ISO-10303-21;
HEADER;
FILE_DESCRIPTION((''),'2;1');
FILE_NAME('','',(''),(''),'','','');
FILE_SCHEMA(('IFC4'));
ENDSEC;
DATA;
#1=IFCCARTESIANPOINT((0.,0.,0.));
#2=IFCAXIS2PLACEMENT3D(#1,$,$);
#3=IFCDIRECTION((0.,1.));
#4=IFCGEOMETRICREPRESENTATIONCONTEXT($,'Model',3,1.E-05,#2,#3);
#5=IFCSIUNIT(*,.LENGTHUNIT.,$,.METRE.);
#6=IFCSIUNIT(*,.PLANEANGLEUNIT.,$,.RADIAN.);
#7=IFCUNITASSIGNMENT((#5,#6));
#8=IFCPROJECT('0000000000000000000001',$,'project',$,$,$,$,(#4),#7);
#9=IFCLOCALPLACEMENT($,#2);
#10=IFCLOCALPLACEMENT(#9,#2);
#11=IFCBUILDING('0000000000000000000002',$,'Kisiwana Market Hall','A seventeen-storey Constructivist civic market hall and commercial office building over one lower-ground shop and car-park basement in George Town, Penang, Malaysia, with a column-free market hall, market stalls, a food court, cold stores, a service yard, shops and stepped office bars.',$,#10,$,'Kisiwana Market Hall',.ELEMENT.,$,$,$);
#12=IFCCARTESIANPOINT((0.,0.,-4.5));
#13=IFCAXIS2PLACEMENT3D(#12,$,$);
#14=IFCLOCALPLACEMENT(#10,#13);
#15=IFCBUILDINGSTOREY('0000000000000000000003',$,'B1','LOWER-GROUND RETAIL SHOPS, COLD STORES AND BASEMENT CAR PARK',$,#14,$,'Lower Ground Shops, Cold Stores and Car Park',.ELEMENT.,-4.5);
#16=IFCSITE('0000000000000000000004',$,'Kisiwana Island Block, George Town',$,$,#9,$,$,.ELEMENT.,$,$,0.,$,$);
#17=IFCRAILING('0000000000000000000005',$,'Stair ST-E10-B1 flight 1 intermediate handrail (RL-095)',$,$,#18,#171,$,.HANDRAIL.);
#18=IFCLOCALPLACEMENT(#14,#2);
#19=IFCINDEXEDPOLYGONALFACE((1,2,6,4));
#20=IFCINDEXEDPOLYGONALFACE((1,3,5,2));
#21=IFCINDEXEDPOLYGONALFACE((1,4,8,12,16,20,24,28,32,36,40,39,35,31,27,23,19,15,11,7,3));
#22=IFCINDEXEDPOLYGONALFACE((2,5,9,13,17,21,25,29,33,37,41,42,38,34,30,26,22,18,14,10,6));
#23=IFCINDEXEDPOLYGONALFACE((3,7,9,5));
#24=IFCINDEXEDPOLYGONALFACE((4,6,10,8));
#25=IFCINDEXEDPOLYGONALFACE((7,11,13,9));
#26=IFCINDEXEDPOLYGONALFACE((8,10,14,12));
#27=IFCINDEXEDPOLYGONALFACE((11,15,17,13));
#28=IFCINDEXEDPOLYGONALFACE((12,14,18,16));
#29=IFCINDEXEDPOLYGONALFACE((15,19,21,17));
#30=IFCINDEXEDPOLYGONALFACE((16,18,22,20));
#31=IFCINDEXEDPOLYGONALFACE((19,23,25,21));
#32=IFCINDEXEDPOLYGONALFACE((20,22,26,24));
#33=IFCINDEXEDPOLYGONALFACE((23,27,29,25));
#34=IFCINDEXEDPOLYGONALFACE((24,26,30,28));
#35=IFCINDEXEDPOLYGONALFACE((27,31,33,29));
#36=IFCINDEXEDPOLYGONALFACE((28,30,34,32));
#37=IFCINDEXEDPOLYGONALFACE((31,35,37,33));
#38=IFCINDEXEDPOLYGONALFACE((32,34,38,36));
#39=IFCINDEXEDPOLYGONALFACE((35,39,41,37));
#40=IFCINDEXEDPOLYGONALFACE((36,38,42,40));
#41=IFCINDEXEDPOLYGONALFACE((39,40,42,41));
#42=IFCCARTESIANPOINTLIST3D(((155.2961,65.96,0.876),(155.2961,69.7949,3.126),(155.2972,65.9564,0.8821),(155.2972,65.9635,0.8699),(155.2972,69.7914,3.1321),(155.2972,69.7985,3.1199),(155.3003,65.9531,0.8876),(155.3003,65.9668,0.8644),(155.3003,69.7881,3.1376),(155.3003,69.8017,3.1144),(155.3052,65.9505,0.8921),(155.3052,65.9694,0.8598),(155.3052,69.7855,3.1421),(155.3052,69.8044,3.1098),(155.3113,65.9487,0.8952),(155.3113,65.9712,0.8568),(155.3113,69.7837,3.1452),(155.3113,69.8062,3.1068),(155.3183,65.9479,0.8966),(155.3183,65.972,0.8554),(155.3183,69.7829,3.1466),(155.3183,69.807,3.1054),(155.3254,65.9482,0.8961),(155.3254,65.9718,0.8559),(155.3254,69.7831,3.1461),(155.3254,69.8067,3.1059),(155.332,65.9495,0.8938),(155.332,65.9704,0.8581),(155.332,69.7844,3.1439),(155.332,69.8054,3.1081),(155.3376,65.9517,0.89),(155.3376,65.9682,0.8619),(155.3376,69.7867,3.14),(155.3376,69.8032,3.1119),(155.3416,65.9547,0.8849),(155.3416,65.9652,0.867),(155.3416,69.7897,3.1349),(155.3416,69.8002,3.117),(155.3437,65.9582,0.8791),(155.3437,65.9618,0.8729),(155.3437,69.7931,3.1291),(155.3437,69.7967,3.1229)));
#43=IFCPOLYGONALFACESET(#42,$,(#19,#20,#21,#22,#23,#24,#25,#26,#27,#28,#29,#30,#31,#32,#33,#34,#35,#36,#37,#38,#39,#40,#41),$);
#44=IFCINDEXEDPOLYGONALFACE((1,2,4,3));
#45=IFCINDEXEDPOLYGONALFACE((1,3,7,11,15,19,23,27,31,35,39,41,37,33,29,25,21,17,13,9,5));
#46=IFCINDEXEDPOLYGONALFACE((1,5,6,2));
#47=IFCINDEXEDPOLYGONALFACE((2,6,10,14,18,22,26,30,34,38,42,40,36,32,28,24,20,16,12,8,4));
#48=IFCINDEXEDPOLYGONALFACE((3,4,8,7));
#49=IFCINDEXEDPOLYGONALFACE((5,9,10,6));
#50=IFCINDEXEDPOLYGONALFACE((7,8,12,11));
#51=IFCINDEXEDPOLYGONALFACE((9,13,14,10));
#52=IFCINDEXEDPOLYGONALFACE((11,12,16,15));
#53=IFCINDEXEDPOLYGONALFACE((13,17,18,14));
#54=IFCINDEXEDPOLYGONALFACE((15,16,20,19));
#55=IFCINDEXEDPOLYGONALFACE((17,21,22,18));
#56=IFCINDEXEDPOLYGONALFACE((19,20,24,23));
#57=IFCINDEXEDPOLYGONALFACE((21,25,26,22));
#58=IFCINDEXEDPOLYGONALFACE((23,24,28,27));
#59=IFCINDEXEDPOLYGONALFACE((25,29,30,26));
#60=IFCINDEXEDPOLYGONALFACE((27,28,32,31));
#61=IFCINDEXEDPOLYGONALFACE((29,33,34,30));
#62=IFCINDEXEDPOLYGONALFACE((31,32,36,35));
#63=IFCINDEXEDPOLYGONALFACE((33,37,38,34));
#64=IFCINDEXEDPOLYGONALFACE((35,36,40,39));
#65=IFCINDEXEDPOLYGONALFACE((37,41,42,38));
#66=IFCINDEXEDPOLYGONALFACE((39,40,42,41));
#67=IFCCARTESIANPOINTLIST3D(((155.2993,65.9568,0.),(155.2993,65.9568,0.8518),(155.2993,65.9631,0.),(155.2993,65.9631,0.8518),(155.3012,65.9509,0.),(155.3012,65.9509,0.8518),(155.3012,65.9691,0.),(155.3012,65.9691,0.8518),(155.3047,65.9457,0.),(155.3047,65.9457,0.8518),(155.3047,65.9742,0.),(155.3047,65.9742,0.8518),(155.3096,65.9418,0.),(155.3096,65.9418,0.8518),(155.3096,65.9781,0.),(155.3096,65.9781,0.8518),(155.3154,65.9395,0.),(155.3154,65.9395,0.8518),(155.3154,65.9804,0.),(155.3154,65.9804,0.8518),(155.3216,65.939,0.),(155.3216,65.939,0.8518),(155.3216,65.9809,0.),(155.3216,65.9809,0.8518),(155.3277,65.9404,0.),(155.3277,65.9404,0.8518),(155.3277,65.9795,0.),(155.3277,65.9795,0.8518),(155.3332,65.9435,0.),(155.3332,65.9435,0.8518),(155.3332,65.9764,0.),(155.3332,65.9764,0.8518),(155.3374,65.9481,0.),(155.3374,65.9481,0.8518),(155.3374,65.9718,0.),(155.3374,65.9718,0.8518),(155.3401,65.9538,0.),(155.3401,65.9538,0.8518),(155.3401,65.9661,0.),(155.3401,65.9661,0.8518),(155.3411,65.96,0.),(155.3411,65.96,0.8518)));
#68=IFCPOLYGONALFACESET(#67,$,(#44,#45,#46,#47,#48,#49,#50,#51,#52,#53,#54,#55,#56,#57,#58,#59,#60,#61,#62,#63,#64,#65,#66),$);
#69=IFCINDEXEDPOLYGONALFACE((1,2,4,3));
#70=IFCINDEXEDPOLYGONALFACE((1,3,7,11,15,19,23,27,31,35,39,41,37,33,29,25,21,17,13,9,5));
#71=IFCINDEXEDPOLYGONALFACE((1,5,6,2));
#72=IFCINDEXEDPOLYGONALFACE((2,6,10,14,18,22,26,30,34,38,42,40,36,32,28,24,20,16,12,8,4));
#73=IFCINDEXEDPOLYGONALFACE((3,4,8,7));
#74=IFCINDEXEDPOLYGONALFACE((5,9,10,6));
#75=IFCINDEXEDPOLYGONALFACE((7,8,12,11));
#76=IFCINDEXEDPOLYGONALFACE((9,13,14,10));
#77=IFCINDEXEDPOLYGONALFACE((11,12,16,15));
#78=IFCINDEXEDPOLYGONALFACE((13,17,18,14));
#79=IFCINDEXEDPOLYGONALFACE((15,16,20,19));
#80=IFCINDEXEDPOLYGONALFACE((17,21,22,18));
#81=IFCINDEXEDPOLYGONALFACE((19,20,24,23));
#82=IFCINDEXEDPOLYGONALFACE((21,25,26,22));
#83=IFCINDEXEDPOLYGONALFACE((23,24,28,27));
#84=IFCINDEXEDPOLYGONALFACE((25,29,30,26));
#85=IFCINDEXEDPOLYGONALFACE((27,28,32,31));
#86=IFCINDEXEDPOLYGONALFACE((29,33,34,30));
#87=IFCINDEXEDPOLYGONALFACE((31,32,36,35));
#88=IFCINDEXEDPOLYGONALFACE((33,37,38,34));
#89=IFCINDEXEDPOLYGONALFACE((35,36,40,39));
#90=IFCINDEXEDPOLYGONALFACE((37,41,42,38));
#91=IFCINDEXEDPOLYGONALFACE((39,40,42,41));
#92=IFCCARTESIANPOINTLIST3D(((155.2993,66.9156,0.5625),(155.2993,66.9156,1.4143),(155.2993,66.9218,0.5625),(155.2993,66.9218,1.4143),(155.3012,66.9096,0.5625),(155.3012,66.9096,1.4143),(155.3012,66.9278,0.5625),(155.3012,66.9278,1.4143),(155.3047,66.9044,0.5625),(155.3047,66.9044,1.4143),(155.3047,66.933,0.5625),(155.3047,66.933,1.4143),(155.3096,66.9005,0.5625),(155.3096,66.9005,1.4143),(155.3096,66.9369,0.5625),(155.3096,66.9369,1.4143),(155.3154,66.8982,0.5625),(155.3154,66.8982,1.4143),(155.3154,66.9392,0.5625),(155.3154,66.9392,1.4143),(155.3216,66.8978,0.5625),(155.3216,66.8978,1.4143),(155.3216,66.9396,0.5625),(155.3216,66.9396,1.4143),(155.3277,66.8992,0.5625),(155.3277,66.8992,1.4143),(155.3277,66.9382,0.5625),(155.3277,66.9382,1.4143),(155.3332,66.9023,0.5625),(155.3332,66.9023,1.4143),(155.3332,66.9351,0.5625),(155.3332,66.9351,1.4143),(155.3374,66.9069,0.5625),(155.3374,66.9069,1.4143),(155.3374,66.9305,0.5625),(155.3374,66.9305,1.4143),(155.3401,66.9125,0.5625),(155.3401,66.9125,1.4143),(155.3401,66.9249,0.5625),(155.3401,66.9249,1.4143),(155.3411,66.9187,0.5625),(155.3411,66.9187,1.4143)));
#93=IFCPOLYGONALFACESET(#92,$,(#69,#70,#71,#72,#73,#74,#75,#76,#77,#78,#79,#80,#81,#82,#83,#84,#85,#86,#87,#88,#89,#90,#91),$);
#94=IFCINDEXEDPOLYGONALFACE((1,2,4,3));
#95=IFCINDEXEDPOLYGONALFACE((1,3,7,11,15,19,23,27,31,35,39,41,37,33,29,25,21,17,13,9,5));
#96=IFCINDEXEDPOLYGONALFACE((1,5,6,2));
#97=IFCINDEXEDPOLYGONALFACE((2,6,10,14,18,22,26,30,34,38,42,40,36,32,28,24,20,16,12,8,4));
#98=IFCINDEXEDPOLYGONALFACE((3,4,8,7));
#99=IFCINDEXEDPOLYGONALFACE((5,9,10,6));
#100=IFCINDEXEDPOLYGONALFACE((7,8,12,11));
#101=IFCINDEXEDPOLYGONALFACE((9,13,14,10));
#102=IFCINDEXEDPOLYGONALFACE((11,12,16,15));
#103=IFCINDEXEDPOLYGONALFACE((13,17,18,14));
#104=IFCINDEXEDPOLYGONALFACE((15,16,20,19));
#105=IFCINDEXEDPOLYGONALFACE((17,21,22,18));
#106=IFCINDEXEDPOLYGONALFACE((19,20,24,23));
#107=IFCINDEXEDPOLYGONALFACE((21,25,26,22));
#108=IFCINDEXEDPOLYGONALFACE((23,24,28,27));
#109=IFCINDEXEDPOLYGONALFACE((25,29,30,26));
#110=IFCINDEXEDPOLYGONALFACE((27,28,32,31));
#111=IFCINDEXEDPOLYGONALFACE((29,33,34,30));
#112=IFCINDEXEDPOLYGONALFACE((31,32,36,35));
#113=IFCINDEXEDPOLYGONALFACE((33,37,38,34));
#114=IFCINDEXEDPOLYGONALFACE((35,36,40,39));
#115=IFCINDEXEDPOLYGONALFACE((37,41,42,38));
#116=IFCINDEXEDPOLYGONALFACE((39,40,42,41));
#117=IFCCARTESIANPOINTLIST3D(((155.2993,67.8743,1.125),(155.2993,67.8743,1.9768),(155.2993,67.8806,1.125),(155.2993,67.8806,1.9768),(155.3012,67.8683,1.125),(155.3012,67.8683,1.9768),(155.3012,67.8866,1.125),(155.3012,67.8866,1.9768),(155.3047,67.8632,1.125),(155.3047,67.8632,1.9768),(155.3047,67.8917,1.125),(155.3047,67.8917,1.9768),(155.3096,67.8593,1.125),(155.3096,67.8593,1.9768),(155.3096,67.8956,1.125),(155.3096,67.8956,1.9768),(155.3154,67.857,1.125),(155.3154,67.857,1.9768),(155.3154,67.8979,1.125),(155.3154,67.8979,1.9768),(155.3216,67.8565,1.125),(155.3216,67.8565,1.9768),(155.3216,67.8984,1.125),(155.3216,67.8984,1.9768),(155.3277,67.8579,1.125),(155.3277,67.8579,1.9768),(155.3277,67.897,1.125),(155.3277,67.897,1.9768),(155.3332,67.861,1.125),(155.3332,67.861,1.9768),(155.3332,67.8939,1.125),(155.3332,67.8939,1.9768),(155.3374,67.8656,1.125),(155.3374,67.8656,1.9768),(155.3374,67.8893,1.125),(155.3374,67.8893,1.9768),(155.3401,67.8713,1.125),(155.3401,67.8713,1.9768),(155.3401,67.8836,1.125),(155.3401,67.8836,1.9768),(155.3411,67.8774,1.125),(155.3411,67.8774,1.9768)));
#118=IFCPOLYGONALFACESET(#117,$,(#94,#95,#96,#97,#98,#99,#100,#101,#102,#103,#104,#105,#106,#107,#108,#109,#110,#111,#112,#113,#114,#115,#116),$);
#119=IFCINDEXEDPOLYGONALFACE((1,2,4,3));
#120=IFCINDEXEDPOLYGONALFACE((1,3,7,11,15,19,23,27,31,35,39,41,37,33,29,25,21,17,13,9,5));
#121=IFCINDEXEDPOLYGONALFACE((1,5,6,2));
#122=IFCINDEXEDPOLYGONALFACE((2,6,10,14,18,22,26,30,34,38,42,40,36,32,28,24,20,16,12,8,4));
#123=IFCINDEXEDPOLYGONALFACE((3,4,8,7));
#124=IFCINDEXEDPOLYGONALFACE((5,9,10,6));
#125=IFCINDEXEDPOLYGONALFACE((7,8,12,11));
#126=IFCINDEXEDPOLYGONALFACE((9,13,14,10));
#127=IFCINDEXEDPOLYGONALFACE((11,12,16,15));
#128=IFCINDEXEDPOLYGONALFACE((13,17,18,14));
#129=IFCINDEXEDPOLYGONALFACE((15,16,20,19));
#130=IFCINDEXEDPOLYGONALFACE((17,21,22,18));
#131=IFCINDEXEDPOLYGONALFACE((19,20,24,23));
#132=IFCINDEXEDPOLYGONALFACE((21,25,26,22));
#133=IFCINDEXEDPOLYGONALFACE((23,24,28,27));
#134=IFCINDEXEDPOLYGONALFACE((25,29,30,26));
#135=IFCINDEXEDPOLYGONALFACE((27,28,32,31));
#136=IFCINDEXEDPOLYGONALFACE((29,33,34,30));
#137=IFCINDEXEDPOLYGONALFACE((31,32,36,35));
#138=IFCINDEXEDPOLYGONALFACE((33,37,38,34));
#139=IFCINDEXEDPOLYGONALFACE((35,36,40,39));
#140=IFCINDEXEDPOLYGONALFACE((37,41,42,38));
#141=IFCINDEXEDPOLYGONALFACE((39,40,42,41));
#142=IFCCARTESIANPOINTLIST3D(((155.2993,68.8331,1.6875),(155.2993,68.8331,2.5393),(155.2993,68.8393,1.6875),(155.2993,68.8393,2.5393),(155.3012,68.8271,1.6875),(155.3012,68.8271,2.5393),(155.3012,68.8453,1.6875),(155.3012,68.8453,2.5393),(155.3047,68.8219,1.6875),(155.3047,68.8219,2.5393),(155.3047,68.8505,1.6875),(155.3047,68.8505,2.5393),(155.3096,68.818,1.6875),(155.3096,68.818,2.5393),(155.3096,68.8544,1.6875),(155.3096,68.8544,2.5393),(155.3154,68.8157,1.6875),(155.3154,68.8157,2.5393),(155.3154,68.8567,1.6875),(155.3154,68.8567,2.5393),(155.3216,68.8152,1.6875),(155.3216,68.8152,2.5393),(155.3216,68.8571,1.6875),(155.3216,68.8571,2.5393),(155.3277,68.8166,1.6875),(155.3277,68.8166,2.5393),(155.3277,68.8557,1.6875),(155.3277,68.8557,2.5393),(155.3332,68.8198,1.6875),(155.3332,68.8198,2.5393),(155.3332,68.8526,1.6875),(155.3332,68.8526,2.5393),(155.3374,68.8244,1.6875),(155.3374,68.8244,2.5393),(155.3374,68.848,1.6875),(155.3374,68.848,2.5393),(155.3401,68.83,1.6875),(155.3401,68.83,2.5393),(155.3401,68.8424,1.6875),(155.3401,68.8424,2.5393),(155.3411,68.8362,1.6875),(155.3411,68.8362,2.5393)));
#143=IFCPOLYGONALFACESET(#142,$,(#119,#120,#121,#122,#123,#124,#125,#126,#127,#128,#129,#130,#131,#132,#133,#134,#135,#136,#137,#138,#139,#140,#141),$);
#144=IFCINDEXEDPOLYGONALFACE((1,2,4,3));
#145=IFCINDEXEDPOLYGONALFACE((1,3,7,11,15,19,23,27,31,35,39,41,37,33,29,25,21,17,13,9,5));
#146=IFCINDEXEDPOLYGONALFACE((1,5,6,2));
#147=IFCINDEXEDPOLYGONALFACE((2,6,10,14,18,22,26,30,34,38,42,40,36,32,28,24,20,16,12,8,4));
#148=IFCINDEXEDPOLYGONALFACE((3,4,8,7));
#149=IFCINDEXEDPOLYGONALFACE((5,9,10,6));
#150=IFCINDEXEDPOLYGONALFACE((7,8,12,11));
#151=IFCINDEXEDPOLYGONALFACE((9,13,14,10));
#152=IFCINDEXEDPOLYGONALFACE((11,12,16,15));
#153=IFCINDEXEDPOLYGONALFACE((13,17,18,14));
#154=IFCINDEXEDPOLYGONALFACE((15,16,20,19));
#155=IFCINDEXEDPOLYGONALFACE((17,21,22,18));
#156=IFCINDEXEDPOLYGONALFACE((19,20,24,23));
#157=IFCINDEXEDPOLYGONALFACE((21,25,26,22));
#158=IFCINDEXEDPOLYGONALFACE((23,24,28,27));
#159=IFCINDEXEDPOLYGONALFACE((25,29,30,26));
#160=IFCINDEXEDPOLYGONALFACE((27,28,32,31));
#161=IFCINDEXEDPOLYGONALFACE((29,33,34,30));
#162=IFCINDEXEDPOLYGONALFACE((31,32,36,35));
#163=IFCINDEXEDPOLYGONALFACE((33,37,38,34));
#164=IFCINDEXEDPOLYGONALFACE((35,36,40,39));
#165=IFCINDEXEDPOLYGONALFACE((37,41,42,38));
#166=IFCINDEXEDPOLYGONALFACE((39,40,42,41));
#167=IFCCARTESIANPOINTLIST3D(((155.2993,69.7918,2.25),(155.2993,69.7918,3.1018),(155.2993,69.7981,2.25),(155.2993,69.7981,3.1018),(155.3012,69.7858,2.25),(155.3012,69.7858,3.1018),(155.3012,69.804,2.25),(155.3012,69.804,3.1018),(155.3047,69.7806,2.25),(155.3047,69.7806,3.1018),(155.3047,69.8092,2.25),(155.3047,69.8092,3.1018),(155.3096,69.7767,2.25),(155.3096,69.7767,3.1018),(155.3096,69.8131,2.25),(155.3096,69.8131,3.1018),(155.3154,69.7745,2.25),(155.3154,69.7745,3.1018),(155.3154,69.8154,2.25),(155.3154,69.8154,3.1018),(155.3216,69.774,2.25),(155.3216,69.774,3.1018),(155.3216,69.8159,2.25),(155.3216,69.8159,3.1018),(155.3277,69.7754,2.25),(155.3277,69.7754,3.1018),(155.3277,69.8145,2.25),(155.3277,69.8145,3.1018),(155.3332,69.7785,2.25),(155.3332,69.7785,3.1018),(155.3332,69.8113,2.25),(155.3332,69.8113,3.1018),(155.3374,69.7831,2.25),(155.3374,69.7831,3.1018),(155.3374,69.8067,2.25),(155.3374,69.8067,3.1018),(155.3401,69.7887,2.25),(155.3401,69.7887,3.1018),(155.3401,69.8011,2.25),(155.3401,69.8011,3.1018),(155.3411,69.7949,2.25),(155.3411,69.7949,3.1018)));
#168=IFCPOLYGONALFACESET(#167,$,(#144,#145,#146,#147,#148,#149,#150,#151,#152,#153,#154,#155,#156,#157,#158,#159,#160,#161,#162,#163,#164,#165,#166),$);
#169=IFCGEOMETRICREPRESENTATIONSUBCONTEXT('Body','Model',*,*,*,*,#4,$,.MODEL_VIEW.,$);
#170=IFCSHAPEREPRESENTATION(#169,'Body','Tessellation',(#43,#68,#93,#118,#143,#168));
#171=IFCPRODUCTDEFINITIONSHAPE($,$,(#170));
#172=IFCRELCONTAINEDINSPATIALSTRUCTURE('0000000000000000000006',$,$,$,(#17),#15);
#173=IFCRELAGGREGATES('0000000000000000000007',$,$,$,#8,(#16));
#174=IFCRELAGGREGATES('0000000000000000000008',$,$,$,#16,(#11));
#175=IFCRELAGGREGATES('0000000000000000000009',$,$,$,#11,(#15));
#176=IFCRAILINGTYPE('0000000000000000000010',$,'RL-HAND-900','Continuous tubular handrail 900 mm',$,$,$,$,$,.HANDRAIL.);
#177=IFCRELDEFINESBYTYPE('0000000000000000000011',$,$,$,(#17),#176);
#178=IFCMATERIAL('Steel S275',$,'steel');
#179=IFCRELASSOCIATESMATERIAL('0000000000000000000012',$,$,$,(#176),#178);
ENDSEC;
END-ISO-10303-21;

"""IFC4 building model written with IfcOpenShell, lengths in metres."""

from ifc_helpers import new_model, si_unit, direction, frame, origin, origin_2d, place, context, subcontext, project, spatial, circle, extrude, material, type_object, element, save


model = new_model("IFC4")

# Units and contexts
model_context = context("Model", 3, precision=1e-05, world=origin(), true_north=direction((0.0, 1.0)))
body_context = subcontext(model_context, "Body", "Model", "MODEL_VIEW")
ifc_project = project(units=[si_unit("LENGTHUNIT", "METRE"), si_unit("PLANEANGLEUNIT", "RADIAN")], contexts=[model_context])

# Site, building, storey
site_placement = place(None, origin())
site = spatial("IfcSite", under=ifc_project, at=site_placement, Name="Kisiwana Island Block, George Town", CompositionType="ELEMENT", RefElevation=0.0)
building_placement = place(site_placement, origin())
building = spatial("IfcBuilding", under=site, at=building_placement, Name="Kisiwana Market Hall", Description="A seventeen-storey Constructivist civic market hall and commercial office building over one lower-ground shop and car-park basement in George Town, Penang, Malaysia, with a column-free market hall, market stalls, a food court, cold stores, a service yard, shops and stepped office bars.", LongName="Kisiwana Market Hall", CompositionType="ELEMENT")
storey_placement = place(building_placement, frame((0.0, 0.0, -4.5)))
storey = spatial("IfcBuildingStorey", under=building, at=storey_placement, Name="B1", Description="LOWER-GROUND RETAIL SHOPS, COLD STORES AND BASEMENT CAR PARK", LongName="Lower Ground Shops, Cold Stores and Car Park", CompositionType="ELEMENT", Elevation=-4.5)

# Railing
ifc_material_1 = material(Name="Steel S275", Category="steel")
railing_type_1 = type_object("IfcRailingType", Name="RL-HAND-900", Description="Continuous tubular handrail 900 mm", PredefinedType="HANDRAIL", material=ifc_material_1)
railing_1_placement = place(storey_placement, frame((155.3201, 65.96, 0.0)))
element("IfcRailing", 1, at=railing_1_placement, inside=storey, type_object=railing_type_1, Name="Stair ST-E10-B1 flight 1 intermediate handrail (RL-095)", PredefinedType="HANDRAIL", context=body_context, shape_type="SweptSolid", body=[
    extrude(circle(Radius=0.0239, at=origin_2d()), frame((0.0, 0.0, 0.876), z_axis=(0.0, 0.86251, 0.506041), x_axis=(-1.0, 0.0, 0.0)), (0.0, 0.0, 1.0), 4.4463),
    extrude(circle(Radius=0.021, at=origin_2d()), origin(), (0.0, 0.0, 1.0), 0.8518),
    extrude(circle(Radius=0.021, at=origin_2d()), frame((0.0, 0.9587, 0.5625)), (0.0, 0.0, 1.0), 0.8518),
    extrude(circle(Radius=0.021, at=origin_2d()), frame((0.0, 1.9175, 1.125)), (0.0, 0.0, 1.0), 0.8518),
    extrude(circle(Radius=0.021, at=origin_2d()), frame((0.0, 2.8762, 1.6875)), (0.0, 0.0, 1.0), 0.8518),
    extrude(circle(Radius=0.021, at=origin_2d()), frame((0.0, 3.835, 2.25)), (0.0, 0.0, 1.0), 0.8518),
])

save(model, "model.ifc")
